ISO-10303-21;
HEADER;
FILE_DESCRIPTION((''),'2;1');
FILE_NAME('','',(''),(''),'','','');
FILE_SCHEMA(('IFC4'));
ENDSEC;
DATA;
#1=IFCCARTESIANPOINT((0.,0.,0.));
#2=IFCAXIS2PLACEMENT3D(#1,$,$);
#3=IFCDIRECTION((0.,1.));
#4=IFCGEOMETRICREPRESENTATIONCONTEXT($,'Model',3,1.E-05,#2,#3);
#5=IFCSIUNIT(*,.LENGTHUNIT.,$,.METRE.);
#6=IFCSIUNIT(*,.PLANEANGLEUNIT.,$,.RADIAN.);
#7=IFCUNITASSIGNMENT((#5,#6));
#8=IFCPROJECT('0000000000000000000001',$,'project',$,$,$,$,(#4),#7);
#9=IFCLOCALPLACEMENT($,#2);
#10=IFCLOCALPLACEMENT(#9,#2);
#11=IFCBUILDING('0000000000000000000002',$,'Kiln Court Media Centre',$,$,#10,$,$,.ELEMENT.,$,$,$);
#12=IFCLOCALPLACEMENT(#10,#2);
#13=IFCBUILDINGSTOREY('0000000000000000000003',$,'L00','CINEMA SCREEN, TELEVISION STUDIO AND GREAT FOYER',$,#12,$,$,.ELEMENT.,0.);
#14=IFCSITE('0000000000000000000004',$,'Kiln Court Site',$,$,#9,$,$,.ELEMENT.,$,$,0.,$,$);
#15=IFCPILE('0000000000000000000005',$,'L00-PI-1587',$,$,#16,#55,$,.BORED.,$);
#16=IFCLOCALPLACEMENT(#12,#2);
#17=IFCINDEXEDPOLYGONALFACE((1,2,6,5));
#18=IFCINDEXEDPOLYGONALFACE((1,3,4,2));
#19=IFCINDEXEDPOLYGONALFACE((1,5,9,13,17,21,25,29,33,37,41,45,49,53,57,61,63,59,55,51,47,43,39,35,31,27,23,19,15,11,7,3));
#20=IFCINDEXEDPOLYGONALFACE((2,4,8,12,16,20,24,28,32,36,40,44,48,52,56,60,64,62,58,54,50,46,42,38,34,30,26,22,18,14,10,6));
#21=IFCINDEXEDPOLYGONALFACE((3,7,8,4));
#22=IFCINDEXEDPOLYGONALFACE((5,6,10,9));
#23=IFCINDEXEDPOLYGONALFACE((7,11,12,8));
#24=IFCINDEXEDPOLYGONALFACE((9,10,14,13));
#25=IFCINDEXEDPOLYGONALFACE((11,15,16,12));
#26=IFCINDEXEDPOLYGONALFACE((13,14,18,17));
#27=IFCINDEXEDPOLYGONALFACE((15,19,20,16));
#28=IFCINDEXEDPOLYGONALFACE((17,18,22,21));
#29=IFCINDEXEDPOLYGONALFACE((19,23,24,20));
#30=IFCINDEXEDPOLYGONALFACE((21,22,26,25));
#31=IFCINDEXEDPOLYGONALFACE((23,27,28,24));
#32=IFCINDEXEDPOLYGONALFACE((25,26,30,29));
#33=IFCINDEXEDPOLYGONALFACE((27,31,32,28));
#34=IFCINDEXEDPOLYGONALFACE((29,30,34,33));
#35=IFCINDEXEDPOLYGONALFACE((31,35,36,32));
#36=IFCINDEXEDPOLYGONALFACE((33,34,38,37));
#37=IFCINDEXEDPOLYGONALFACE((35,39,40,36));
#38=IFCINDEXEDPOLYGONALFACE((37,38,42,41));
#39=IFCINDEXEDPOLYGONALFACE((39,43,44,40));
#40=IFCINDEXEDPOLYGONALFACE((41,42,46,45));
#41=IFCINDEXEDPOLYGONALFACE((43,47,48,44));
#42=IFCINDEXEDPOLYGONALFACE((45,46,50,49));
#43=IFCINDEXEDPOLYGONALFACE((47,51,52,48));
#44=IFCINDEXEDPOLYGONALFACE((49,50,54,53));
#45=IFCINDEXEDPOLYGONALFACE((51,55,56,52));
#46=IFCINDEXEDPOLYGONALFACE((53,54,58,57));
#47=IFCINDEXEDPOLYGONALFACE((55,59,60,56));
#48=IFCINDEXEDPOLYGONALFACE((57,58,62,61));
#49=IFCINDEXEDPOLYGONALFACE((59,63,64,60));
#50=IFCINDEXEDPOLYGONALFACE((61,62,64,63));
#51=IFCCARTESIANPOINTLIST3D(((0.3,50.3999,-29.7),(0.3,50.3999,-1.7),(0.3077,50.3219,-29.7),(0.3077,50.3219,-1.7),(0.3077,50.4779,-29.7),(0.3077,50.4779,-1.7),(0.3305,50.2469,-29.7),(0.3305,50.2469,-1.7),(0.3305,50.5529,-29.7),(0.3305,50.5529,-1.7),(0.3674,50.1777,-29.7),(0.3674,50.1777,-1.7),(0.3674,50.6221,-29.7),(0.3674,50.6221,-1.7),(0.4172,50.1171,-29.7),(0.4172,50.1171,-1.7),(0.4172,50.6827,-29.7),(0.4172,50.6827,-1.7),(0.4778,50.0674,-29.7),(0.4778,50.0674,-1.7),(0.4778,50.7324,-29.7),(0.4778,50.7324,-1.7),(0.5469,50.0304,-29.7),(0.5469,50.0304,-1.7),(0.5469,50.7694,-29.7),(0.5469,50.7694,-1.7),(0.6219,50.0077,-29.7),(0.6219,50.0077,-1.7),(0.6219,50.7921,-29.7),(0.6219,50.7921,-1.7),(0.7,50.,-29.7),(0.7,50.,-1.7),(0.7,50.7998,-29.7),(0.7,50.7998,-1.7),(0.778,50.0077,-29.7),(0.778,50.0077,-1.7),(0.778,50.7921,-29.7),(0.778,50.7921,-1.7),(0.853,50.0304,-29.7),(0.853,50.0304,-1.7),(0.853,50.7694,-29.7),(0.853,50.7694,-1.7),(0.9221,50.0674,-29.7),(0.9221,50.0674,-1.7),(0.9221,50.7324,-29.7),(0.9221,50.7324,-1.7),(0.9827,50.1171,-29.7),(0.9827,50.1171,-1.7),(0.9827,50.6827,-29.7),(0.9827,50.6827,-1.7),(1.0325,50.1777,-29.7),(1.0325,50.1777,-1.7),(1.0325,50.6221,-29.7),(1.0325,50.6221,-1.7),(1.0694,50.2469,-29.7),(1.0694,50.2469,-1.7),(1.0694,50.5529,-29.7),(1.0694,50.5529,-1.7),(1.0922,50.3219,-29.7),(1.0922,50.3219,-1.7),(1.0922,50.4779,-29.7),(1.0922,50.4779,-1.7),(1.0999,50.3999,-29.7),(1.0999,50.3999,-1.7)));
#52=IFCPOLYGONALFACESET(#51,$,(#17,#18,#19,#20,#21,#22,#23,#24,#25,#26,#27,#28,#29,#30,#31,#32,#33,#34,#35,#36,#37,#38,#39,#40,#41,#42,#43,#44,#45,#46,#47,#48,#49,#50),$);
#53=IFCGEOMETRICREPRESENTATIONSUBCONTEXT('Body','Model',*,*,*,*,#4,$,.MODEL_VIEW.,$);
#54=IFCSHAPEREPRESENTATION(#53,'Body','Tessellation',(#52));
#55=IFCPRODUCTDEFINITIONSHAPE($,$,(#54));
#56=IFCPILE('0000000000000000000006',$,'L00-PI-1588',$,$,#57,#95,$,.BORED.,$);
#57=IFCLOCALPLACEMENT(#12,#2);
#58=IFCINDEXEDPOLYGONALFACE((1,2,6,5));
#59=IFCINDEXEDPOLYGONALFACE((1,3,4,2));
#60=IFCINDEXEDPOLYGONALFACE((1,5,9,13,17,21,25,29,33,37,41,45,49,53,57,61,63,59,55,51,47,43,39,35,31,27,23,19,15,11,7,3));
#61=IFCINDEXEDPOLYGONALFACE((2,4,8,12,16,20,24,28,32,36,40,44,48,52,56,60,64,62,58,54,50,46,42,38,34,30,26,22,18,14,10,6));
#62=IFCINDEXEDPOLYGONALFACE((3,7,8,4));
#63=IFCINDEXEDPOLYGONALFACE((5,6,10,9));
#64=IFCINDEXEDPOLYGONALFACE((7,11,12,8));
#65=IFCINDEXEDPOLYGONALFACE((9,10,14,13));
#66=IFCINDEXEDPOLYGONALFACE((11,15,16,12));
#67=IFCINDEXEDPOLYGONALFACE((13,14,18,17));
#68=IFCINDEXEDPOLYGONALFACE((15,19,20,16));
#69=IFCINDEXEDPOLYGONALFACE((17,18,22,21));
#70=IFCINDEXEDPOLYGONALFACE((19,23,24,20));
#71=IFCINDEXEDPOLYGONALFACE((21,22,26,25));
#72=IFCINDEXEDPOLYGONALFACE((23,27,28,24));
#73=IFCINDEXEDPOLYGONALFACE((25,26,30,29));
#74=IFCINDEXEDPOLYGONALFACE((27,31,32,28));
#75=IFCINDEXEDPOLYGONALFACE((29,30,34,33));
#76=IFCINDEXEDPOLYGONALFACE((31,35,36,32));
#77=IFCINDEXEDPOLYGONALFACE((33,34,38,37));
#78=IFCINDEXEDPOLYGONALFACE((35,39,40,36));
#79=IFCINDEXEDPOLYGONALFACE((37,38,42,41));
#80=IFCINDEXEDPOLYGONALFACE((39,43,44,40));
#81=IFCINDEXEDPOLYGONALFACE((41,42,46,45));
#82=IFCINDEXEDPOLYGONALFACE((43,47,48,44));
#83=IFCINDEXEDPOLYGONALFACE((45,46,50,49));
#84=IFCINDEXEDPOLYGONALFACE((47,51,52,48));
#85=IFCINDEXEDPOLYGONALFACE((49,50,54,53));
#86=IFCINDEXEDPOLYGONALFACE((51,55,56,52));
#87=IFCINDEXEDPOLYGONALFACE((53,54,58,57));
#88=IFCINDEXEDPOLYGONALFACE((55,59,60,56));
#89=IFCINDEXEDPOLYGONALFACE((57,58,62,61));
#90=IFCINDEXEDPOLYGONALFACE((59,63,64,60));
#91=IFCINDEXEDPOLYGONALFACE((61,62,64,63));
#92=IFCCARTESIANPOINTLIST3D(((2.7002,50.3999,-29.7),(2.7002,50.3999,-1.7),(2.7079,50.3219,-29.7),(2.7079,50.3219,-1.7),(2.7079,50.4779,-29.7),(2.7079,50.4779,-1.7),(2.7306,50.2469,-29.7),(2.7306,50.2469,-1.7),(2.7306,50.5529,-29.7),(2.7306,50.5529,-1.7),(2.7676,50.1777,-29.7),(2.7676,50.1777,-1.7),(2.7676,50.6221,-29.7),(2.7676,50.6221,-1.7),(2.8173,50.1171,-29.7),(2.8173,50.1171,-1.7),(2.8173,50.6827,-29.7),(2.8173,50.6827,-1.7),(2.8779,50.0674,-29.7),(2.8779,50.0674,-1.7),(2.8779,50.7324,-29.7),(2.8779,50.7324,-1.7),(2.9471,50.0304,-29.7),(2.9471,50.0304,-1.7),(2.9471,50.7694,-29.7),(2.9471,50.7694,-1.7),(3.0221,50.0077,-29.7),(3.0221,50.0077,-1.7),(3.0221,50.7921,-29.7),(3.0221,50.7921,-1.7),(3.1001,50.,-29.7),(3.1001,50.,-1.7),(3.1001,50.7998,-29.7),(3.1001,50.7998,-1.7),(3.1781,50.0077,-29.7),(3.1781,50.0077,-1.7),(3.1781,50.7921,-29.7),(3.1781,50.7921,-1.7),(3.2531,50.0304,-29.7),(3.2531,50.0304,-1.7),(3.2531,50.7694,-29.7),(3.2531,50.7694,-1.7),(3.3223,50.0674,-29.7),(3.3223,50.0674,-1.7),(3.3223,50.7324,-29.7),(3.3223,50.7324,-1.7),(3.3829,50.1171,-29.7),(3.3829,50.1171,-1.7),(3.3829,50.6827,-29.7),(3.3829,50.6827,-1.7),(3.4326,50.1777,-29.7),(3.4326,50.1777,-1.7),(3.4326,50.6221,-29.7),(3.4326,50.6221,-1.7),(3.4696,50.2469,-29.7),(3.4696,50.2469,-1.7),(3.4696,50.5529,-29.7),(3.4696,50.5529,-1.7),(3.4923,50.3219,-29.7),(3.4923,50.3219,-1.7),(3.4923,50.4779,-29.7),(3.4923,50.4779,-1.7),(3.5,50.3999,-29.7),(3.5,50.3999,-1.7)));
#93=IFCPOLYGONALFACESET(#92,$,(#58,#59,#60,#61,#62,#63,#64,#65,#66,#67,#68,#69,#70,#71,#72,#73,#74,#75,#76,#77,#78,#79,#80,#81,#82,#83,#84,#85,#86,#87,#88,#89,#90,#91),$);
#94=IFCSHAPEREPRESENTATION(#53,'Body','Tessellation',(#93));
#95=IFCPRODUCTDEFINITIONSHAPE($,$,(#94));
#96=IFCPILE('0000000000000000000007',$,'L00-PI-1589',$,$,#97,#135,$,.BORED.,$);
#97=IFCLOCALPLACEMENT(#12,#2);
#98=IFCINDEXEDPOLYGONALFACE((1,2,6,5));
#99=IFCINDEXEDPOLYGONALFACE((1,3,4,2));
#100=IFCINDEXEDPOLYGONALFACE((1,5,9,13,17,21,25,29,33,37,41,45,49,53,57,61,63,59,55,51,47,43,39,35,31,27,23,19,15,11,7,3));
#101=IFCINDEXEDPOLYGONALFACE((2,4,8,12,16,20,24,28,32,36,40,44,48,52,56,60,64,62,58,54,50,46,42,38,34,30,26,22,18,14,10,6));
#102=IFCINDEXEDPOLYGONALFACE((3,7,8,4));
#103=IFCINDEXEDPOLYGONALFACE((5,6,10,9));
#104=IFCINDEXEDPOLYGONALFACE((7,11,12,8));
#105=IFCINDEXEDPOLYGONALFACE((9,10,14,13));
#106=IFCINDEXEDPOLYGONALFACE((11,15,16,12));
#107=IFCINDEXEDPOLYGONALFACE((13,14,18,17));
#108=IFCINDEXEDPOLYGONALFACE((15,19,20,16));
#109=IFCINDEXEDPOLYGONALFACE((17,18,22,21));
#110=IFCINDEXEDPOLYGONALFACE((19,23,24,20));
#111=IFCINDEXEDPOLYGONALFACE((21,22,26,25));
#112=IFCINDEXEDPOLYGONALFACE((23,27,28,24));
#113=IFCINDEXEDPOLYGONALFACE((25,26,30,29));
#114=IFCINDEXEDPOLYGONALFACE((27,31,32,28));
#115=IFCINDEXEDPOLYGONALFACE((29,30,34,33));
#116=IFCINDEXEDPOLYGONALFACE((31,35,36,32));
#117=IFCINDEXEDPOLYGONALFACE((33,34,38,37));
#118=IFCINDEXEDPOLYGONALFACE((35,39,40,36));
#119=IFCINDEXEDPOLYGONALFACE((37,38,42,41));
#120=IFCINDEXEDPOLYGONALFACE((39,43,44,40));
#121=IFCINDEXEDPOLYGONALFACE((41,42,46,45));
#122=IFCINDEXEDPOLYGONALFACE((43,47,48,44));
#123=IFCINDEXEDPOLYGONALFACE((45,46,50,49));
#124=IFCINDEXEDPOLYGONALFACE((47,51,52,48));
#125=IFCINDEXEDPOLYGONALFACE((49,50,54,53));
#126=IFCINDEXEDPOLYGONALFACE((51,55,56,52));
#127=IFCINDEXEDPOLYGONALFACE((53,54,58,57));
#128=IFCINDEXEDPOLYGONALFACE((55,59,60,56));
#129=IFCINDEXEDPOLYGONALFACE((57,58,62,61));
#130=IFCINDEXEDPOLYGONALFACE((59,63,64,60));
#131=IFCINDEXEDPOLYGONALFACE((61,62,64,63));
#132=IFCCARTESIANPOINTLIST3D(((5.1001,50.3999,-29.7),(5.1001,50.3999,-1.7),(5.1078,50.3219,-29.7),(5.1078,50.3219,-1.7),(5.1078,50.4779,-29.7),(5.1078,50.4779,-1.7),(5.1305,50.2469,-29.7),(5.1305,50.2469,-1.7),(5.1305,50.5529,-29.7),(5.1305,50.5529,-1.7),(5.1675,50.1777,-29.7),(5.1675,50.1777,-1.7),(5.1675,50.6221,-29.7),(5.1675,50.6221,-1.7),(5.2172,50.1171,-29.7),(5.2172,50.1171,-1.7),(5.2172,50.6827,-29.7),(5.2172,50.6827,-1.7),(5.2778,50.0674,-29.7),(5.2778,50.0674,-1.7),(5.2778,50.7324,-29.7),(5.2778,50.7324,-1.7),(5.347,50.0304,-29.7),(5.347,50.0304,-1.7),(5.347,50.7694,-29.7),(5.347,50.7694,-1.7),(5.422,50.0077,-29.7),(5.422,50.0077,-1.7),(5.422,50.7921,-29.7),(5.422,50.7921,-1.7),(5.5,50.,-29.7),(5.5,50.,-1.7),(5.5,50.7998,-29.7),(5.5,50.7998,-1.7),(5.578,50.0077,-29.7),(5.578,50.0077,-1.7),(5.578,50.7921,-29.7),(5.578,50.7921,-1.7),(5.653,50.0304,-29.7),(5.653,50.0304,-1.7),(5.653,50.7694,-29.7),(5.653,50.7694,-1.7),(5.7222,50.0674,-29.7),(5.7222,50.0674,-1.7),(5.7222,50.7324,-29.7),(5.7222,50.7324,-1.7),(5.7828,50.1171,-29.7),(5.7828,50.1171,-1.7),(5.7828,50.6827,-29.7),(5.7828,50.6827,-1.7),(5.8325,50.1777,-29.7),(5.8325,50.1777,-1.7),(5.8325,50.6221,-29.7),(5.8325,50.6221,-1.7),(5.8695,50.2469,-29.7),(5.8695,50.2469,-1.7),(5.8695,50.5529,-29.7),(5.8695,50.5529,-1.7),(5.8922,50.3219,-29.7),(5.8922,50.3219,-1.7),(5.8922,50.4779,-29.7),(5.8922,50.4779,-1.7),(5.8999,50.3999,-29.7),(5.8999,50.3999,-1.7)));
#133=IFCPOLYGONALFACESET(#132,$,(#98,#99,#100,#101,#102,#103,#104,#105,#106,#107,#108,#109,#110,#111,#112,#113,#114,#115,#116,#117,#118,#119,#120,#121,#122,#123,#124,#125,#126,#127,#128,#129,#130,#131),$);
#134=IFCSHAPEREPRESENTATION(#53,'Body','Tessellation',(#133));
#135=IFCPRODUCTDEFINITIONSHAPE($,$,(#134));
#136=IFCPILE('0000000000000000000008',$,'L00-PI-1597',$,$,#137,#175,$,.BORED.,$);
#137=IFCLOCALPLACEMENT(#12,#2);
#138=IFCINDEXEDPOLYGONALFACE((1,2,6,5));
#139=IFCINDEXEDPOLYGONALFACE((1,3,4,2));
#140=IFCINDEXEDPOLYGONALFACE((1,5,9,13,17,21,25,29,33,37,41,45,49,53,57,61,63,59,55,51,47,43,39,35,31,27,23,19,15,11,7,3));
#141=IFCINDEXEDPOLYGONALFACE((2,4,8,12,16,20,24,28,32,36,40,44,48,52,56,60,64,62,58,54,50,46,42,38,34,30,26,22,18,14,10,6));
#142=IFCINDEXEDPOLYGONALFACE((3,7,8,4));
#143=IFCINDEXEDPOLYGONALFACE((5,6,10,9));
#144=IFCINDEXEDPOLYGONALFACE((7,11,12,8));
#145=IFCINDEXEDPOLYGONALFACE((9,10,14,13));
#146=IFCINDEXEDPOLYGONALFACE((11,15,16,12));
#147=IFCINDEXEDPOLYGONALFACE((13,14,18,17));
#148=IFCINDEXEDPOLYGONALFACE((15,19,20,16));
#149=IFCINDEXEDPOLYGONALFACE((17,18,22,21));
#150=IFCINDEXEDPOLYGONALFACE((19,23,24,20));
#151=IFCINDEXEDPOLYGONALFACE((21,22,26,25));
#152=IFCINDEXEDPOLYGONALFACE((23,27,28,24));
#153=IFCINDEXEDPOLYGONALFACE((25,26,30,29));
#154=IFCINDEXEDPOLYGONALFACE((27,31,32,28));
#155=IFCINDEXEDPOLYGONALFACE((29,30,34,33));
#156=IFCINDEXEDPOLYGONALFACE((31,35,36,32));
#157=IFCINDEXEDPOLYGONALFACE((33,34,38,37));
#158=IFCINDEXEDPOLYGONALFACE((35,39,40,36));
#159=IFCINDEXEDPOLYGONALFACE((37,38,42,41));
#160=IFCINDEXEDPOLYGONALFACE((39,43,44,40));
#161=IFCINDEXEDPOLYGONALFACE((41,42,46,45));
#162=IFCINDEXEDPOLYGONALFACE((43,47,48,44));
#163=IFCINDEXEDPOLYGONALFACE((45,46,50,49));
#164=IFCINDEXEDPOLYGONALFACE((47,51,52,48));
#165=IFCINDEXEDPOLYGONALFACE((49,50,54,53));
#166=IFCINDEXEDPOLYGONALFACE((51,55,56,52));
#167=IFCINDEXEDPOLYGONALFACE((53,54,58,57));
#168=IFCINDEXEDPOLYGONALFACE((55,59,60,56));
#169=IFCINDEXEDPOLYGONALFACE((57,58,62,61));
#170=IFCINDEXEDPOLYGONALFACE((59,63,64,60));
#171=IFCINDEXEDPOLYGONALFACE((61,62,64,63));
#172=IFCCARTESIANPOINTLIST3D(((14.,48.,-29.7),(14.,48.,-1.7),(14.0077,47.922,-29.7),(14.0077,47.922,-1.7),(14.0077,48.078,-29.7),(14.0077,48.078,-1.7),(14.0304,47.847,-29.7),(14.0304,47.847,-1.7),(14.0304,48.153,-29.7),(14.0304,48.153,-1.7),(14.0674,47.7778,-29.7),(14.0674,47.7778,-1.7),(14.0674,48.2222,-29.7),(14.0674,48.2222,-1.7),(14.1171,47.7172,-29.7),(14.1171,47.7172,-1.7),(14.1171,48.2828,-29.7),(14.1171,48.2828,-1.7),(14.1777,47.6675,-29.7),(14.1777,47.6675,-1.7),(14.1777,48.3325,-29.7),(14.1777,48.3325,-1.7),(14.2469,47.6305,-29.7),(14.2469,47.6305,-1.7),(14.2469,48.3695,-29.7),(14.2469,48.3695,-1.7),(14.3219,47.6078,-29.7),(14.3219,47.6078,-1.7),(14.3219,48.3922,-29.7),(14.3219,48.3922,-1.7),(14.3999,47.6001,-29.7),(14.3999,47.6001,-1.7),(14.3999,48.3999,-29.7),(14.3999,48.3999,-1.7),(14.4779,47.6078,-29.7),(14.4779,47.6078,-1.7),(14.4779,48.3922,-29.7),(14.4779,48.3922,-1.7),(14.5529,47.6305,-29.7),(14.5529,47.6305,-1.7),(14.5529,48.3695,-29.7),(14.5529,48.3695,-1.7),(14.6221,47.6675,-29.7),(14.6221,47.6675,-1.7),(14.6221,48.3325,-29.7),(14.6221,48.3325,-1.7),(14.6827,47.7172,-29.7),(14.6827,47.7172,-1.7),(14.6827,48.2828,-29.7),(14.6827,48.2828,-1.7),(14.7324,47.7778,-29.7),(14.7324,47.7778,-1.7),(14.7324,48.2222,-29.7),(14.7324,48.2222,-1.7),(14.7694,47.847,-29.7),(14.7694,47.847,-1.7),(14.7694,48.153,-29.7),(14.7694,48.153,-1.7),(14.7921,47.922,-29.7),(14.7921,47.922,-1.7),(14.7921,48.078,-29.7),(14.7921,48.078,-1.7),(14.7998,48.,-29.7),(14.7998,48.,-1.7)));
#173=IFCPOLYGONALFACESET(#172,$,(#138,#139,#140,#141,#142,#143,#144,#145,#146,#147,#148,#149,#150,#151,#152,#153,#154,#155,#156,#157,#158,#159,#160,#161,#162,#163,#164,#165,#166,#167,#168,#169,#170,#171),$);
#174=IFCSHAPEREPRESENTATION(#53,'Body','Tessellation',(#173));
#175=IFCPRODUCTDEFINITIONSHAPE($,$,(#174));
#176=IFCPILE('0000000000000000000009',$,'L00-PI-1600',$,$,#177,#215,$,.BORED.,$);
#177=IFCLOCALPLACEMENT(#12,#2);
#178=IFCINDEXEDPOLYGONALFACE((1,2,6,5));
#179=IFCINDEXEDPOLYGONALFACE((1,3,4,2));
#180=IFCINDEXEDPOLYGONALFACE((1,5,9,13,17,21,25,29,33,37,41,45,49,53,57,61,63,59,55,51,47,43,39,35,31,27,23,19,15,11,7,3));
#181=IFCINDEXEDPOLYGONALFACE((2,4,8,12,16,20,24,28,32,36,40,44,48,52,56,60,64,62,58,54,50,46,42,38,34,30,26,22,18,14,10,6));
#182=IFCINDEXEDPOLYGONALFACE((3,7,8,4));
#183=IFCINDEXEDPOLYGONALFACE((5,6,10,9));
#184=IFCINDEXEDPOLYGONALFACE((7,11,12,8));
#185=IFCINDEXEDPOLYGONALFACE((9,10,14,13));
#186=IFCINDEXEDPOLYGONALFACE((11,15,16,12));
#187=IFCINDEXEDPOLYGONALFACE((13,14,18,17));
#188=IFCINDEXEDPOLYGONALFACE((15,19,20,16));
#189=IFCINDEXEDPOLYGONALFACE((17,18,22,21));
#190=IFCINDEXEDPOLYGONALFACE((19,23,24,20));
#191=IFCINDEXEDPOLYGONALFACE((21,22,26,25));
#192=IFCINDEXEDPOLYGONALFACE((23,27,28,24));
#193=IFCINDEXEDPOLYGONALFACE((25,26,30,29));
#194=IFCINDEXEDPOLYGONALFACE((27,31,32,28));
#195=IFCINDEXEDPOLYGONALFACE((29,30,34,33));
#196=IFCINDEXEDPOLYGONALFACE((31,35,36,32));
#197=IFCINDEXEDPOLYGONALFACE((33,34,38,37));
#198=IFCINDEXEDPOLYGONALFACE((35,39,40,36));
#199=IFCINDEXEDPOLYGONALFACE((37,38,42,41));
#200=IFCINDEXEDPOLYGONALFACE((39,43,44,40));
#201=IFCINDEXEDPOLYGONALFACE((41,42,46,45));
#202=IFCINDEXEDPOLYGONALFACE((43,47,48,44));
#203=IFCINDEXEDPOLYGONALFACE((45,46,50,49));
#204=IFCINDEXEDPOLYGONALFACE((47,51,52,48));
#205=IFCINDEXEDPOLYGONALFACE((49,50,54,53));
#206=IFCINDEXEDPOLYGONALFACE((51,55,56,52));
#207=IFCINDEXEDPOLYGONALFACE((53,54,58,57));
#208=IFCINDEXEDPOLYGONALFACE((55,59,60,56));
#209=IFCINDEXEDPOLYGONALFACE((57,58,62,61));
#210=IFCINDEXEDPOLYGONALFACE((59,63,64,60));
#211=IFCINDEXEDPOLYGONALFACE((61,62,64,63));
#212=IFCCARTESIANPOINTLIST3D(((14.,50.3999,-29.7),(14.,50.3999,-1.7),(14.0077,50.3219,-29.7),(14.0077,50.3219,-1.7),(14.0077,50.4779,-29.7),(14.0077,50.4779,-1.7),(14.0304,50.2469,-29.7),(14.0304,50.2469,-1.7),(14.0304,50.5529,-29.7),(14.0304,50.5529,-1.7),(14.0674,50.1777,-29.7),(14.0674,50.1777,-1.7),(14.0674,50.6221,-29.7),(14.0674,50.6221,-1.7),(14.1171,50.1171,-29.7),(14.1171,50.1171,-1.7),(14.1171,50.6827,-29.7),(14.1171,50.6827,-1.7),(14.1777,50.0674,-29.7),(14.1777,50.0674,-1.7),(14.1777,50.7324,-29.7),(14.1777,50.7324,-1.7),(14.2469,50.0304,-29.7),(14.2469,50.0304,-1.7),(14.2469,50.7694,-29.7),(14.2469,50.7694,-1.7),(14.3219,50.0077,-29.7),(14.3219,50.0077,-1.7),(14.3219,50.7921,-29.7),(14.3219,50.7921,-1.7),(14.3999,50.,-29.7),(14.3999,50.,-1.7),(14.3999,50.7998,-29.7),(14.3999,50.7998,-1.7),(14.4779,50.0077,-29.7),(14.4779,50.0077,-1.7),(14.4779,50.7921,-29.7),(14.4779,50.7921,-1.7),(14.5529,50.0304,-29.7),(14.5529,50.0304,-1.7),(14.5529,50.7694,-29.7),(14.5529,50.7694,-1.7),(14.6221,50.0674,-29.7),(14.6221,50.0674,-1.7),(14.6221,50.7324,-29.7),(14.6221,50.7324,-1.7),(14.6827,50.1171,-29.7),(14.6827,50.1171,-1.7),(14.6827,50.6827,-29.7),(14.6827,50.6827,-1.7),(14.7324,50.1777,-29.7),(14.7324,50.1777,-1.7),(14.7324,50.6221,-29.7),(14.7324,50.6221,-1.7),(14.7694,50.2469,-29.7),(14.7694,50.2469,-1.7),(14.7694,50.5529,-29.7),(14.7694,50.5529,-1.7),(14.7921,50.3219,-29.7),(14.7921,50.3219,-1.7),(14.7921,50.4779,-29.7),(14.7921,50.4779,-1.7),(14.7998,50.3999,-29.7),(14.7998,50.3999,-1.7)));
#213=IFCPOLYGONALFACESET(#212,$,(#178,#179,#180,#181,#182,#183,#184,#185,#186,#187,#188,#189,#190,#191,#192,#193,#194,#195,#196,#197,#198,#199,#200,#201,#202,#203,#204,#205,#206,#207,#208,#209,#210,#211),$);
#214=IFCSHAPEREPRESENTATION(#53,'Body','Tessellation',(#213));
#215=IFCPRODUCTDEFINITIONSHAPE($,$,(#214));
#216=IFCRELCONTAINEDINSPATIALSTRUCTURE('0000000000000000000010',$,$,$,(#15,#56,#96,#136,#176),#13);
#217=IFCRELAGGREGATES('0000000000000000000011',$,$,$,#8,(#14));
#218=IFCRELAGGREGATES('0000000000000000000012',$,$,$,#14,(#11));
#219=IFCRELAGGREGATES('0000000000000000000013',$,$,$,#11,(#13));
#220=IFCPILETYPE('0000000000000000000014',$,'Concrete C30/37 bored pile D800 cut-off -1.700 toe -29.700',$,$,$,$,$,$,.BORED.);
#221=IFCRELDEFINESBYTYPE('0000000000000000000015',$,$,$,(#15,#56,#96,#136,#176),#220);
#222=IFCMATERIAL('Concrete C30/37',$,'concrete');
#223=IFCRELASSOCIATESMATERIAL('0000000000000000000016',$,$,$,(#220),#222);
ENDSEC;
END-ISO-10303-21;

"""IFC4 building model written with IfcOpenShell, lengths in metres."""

from ifc_helpers import new_model, si_unit, direction, frame, origin, origin_2d, place, context, subcontext, project, spatial, circle, extrude, material, material_profile, profile_set, type_object, element, save


model = new_model("IFC4")

# Units and contexts
model_context = context("Model", 3, precision=1e-05, world=origin(), true_north=direction((0.0, 1.0)))
body_context = subcontext(model_context, "Body", "Model", "MODEL_VIEW")
ifc_project = project(units=[si_unit("LENGTHUNIT", "METRE"), si_unit("PLANEANGLEUNIT", "RADIAN")], contexts=[model_context])

# Site, building, storey
site_placement = place(None, origin())
site = spatial("IfcSite", under=ifc_project, at=site_placement, Name="Kiln Court Site", CompositionType="ELEMENT", RefElevation=0.0)
building_placement = place(site_placement, origin())
building = spatial("IfcBuilding", under=site, at=building_placement, Name="Kiln Court Media Centre", CompositionType="ELEMENT")
storey_placement = place(building_placement, origin())
storey = spatial("IfcBuildingStorey", under=building, at=storey_placement, Name="L00", Description="CINEMA SCREEN, TELEVISION STUDIO AND GREAT FOYER", CompositionType="ELEMENT", Elevation=0.0)

# Piles
ifc_material_1 = material(Name="Concrete C30/37", Category="concrete")
ifc_material_profile_1 = material_profile(ifc_material_1, circle(Radius=0.3999, at=origin_2d()), Name="PILE D800")
ifc_profile_set_1 = profile_set([ifc_material_profile_1], Name="Concrete C30/37")
pile_type_1 = type_object("IfcPileType", Name="Concrete C30/37 bored pile D800 cut-off -1.700 toe -29.700", PredefinedType="BORED", material=ifc_profile_set_1)
for number, where, z_axis, x_axis, name in (
    (1, (0.7, 50.3999, -1.7), (0.0, 0.0, -1.0), (1.0, 0.0, 0.0), "L00-PI-1587"),
    (2, (3.1001, 50.3999, -1.7), (0.0, 0.0, -1.0), (1.0, 0.0, 0.0), "L00-PI-1588"),
    (3, (5.5, 50.3999, -1.7), (0.0, 0.0, -1.0), (1.0, 0.0, 0.0), "L00-PI-1589"),
    (4, (14.3999, 48.0, -1.7), (0.0, 0.0, -1.0), (1.0, 0.0, 0.0), "L00-PI-1597"),
    (5, (14.3999, 50.3999, -1.7), (0.0, 0.0, -1.0), (1.0, 0.0, 0.0), "L00-PI-1600"),
):
    element("IfcPile", number, at=place(storey_placement, frame(where, z_axis=z_axis, x_axis=x_axis)), inside=storey, type_object=pile_type_1, Name=name, PredefinedType="BORED", context=body_context, shape_type="SweptSolid", body=[
        extrude(circle(Radius=0.3999, at=origin_2d()), origin(), (0.0, 0.0, 1.0), 28.0),
    ])

save(model, "model.ifc")
